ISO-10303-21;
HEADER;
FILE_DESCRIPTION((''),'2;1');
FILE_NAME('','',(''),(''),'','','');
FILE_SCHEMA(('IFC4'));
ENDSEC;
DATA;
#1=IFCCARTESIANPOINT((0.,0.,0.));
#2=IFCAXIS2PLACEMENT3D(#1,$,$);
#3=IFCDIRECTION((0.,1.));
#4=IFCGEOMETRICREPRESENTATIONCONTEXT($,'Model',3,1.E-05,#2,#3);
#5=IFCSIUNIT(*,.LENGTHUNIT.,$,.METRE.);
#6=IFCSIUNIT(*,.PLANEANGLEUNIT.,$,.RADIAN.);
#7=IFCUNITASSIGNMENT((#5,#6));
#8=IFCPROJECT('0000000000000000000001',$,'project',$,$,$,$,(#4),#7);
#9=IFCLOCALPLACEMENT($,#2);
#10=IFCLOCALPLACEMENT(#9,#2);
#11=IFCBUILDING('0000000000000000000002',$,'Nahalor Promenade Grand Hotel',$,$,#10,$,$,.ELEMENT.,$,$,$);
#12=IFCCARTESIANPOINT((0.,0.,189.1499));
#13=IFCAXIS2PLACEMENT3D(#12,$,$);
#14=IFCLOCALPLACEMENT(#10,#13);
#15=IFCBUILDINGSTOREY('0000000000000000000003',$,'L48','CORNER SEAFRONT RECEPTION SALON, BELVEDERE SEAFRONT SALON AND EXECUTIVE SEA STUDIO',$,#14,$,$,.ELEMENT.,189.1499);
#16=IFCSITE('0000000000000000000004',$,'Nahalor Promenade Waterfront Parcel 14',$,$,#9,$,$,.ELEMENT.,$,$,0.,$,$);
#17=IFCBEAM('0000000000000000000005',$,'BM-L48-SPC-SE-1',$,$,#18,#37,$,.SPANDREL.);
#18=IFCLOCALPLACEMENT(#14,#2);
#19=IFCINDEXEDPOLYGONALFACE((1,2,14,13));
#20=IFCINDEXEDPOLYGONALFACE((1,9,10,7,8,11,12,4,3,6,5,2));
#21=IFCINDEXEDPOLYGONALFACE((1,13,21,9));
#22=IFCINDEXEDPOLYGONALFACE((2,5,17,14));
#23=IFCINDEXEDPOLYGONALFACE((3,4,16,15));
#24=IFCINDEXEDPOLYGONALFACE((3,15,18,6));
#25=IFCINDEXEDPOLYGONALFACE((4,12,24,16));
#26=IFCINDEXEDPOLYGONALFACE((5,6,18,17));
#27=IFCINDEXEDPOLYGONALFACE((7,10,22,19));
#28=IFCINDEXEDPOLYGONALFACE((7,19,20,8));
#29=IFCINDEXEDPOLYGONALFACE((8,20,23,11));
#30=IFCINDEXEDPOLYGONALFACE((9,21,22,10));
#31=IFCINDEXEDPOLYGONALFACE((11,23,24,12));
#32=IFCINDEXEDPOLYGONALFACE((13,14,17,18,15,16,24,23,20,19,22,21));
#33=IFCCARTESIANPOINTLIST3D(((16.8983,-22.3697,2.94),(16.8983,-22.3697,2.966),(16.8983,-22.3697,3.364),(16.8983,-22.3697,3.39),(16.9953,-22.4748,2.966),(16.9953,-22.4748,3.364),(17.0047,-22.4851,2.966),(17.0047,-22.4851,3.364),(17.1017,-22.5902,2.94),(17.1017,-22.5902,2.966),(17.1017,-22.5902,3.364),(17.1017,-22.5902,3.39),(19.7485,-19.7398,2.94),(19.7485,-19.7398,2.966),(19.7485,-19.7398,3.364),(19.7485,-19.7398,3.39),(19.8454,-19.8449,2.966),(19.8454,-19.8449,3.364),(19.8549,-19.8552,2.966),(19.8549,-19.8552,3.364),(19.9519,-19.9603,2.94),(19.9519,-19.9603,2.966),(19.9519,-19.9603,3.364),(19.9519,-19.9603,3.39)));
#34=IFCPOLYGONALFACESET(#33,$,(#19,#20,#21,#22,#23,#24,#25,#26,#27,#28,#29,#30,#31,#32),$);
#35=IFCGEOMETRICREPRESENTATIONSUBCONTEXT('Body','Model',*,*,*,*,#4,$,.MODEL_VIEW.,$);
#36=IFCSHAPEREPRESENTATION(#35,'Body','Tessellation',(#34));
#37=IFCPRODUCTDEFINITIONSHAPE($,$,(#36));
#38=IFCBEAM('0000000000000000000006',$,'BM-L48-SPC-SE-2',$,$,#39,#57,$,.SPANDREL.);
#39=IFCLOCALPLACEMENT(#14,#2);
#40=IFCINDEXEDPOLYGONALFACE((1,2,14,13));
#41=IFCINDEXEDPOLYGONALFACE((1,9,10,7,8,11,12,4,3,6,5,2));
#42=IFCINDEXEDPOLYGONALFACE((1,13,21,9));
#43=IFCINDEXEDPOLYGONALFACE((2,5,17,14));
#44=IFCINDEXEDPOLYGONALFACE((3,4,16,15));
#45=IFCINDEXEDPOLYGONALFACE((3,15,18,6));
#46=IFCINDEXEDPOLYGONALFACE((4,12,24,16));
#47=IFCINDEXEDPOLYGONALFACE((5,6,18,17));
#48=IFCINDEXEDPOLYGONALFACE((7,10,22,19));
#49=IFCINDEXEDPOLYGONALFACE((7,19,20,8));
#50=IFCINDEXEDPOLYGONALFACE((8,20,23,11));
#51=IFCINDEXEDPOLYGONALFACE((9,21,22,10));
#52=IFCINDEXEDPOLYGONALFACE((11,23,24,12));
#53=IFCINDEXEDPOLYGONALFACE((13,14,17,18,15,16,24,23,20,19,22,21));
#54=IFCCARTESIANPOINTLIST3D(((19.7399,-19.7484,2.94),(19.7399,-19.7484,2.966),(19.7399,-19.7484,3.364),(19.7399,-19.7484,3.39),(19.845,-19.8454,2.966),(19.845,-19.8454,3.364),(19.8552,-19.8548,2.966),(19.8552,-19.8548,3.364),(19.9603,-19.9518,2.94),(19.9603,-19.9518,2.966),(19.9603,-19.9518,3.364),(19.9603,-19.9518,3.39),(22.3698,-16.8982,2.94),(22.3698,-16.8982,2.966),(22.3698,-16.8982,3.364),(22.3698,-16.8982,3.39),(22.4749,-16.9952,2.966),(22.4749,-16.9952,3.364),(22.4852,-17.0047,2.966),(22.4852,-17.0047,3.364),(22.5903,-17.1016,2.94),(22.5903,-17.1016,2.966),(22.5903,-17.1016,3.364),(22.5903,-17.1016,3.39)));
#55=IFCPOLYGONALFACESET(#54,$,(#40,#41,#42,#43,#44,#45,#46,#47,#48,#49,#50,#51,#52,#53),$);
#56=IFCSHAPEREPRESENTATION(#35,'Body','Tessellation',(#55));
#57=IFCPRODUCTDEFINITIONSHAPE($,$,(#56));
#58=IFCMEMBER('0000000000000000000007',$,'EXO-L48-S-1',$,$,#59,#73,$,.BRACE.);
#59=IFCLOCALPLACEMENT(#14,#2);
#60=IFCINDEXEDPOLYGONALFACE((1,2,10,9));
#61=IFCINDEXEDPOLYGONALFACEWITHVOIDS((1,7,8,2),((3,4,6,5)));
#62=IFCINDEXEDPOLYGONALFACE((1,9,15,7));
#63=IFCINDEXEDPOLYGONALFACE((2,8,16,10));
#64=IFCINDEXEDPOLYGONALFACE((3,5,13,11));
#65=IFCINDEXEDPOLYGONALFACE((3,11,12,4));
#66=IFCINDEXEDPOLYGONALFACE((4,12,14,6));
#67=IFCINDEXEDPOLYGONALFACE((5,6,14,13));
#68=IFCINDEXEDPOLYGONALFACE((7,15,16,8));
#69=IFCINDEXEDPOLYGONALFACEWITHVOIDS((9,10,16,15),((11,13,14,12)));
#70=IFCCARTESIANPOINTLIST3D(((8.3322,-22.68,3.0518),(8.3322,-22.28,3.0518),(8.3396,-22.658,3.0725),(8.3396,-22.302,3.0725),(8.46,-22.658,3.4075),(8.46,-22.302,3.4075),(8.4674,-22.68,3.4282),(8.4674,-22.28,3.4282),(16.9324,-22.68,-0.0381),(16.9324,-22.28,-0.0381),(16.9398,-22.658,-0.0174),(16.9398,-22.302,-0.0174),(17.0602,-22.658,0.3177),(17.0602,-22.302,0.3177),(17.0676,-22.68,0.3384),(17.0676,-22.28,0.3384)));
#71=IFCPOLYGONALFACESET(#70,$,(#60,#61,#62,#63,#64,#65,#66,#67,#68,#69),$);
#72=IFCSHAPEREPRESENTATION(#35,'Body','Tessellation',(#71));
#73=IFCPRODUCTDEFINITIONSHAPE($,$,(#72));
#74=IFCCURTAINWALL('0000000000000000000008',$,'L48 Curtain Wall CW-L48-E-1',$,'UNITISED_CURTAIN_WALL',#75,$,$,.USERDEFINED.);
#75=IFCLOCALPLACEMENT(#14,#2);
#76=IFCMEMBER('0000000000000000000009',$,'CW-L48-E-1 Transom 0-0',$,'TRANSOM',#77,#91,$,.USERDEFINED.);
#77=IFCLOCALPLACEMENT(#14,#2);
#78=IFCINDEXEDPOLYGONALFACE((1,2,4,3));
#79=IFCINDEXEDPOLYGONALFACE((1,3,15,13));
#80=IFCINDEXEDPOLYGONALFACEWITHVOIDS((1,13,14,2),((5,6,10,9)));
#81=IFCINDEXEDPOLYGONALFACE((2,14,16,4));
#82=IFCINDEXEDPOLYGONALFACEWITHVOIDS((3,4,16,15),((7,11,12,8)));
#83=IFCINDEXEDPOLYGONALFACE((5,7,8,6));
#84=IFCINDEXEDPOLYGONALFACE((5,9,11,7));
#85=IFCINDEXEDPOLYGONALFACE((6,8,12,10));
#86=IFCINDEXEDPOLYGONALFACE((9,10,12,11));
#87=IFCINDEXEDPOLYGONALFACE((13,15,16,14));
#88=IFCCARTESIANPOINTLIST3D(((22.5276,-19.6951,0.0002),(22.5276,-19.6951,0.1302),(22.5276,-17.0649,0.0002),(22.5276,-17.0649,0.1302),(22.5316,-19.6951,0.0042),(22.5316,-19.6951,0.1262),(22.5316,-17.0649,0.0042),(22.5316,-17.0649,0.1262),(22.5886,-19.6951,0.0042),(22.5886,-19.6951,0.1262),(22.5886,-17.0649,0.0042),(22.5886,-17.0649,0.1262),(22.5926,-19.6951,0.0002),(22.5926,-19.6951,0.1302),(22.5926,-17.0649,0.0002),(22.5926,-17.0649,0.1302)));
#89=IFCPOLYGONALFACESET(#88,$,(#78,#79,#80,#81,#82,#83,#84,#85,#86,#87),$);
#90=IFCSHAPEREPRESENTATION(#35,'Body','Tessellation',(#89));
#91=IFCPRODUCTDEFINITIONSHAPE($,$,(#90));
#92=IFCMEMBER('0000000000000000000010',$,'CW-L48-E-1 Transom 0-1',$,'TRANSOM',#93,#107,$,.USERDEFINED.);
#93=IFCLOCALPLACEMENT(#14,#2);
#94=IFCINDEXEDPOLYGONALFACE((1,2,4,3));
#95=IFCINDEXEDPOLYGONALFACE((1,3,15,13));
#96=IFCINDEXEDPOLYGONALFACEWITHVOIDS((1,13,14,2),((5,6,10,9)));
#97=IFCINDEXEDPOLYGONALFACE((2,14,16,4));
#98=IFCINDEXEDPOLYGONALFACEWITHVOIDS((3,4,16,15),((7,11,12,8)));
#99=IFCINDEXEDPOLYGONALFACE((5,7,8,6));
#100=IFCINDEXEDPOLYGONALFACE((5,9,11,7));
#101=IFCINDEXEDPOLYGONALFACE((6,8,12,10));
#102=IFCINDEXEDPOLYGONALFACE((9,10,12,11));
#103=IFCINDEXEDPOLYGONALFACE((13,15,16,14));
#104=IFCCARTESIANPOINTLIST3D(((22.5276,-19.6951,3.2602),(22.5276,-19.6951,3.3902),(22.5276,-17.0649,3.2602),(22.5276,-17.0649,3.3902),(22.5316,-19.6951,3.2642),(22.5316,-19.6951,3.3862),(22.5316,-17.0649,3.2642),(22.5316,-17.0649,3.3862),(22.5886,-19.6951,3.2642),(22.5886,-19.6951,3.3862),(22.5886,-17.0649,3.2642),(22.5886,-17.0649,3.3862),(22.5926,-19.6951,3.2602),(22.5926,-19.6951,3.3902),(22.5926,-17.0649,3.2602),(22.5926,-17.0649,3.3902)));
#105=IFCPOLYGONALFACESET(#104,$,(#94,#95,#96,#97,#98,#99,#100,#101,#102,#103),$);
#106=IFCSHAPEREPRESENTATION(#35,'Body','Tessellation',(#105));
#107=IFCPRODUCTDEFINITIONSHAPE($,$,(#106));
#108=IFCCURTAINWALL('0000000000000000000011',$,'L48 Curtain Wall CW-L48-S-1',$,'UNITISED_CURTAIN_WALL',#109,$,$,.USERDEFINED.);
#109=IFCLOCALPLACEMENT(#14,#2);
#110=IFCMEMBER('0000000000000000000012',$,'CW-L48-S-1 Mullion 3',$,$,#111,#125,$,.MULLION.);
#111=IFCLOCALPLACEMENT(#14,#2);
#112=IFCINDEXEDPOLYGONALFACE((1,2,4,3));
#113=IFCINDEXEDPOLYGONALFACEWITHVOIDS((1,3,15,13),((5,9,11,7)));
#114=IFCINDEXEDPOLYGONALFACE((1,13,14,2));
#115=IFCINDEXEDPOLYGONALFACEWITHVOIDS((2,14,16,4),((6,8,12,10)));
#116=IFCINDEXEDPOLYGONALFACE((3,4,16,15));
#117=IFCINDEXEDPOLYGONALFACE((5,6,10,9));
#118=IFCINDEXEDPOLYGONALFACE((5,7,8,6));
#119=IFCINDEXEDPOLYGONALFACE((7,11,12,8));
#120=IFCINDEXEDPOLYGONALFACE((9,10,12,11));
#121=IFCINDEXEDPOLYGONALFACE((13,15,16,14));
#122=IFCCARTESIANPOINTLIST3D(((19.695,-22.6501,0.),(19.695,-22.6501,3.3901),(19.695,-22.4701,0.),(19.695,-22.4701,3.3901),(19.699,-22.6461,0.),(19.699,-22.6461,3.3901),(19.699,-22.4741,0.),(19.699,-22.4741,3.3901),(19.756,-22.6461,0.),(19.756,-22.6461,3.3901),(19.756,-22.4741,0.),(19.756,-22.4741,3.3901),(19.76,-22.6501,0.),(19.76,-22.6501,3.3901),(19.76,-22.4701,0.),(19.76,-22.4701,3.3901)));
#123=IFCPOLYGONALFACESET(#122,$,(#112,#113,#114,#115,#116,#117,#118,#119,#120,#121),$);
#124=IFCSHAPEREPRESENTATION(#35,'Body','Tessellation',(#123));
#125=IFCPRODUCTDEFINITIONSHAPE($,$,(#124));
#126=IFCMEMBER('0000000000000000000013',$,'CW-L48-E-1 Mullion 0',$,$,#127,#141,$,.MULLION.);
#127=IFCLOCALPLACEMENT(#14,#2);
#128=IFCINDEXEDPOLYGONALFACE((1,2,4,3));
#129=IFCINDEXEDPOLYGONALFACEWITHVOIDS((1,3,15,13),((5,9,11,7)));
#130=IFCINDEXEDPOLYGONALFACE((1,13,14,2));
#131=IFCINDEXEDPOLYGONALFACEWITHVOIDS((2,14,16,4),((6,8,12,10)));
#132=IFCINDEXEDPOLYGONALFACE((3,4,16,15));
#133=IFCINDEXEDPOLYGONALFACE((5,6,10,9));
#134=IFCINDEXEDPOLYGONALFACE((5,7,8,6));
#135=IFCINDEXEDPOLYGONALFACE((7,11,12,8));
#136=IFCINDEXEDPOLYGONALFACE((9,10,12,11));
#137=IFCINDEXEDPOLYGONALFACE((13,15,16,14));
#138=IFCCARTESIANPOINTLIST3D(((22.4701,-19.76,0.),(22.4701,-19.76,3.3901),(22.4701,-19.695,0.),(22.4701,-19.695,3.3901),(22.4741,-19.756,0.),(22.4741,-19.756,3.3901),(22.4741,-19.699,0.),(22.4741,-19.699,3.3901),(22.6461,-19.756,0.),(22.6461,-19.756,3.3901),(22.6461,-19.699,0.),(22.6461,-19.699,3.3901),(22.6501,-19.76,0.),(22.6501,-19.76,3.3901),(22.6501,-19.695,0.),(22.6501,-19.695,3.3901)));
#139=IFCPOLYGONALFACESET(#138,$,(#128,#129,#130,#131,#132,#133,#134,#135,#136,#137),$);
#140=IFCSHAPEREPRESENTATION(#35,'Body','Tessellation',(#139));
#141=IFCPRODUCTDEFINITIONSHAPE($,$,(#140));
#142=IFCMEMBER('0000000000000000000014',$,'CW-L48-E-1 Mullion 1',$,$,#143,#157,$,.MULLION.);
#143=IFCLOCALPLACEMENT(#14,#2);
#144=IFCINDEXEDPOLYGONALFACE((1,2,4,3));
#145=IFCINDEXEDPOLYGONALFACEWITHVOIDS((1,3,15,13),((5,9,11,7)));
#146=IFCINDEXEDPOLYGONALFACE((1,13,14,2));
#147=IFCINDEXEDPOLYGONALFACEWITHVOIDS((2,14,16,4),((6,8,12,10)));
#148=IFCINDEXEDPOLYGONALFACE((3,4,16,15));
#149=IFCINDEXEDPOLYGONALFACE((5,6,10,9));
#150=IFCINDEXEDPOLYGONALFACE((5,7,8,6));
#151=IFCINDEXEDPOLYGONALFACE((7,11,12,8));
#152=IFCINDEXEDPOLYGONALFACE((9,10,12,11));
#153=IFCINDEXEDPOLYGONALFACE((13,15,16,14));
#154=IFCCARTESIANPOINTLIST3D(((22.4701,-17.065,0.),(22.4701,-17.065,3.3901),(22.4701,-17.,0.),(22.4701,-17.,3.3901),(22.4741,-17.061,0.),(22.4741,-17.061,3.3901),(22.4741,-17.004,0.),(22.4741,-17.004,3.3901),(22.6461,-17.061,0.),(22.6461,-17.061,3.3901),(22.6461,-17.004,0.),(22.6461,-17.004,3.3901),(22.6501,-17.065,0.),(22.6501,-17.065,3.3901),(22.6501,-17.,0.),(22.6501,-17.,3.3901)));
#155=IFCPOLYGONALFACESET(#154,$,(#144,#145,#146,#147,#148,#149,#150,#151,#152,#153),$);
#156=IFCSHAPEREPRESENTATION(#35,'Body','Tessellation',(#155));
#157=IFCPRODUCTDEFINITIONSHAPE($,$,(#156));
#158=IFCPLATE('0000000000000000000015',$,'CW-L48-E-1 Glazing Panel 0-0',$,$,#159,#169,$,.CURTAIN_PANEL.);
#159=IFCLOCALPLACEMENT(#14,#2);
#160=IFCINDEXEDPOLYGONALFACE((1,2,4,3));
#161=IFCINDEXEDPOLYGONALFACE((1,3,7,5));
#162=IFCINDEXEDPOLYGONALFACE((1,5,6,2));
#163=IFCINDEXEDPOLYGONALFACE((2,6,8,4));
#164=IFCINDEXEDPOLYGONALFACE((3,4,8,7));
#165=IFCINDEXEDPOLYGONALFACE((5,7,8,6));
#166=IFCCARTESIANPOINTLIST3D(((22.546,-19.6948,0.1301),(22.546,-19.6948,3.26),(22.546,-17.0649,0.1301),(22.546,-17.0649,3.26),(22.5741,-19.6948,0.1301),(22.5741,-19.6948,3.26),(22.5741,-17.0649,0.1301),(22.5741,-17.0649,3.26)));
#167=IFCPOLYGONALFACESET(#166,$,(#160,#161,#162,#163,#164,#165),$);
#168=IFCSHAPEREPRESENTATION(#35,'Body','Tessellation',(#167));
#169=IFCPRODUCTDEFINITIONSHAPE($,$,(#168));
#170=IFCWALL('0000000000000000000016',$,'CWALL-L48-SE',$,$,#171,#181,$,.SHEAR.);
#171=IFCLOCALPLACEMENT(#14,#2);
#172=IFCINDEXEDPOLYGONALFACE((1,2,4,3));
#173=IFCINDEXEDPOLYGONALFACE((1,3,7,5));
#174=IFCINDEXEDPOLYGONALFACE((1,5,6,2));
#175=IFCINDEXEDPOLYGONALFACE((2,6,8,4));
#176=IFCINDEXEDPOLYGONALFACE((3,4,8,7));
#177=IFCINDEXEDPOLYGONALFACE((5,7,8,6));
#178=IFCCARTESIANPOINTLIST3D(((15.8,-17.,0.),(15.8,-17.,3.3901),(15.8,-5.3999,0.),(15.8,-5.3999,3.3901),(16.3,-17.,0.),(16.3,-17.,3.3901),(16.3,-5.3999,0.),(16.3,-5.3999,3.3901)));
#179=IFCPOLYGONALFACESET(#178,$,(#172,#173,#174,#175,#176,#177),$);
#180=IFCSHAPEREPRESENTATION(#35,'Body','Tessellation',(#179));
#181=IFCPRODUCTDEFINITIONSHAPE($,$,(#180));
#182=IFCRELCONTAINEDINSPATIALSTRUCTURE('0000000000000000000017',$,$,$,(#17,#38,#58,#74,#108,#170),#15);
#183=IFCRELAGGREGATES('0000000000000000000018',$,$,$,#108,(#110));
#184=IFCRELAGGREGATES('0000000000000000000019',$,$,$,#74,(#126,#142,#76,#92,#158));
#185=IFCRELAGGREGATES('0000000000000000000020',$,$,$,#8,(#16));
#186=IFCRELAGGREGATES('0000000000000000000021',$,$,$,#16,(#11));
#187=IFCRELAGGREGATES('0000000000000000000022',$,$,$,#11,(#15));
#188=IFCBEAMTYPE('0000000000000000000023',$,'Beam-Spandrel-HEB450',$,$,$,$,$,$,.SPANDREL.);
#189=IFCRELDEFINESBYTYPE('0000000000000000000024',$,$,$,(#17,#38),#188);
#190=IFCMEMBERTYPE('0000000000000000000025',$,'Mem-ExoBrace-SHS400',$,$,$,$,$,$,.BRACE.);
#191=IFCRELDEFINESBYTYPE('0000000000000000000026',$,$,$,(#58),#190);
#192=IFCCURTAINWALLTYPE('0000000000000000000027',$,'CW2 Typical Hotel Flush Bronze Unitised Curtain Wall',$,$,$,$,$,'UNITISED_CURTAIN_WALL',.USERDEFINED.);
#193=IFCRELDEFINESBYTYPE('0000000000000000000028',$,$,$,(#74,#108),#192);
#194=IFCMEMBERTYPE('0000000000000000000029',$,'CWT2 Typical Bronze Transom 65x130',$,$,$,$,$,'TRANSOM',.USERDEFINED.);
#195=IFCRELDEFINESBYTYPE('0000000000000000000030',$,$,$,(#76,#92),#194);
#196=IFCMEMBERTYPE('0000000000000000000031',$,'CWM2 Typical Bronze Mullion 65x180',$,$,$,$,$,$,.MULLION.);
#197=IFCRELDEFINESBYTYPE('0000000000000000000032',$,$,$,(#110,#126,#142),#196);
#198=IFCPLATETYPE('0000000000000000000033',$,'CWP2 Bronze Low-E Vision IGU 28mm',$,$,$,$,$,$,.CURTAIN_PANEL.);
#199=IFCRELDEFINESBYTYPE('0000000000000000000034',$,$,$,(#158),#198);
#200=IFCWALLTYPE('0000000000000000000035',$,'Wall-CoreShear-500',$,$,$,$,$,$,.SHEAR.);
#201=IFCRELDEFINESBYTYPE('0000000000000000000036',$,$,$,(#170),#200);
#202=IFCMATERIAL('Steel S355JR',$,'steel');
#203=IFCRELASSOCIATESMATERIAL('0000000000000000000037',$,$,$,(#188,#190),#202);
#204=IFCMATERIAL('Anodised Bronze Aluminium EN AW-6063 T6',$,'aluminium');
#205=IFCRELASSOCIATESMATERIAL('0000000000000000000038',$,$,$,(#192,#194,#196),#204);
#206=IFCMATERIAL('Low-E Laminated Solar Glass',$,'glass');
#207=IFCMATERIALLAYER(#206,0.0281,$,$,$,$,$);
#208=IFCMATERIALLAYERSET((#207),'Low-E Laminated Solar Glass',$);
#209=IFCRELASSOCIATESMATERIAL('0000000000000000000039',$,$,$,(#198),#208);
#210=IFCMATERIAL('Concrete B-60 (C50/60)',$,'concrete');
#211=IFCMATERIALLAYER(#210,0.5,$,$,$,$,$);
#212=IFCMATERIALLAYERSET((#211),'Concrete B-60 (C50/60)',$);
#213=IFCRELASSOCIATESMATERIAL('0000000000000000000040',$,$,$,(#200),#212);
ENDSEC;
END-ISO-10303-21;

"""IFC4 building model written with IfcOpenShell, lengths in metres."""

from ifc_helpers import new_model, si_unit, direction, frame, frame_2d, origin, origin_2d, place, context, subcontext, project, spatial, rectangle, hollow_rectangle, i_section, extrude, source, transform, mapped, material, layer, layer_set, material_profile, profile_set, type_object, element, aggregate, save


model = new_model("IFC4")

# Units and contexts
model_context = context("Model", 3, precision=1e-05, world=origin(), true_north=direction((0.0, 1.0)))
body_context = subcontext(model_context, "Body", "Model", "MODEL_VIEW")
ifc_project = project(units=[si_unit("LENGTHUNIT", "METRE"), si_unit("PLANEANGLEUNIT", "RADIAN")], contexts=[model_context])

# Site, building, storey
site_placement = place(None, origin())
site = spatial("IfcSite", under=ifc_project, at=site_placement, Name="Nahalor Promenade Waterfront Parcel 14", CompositionType="ELEMENT", RefElevation=0.0)
building_placement = place(site_placement, origin())
building = spatial("IfcBuilding", under=site, at=building_placement, Name="Nahalor Promenade Grand Hotel", CompositionType="ELEMENT")
storey_placement = place(building_placement, frame((0.0, 0.0, 189.1499)))
storey = spatial("IfcBuildingStorey", under=building, at=storey_placement, Name="L48", Description="CORNER SEAFRONT RECEPTION SALON, BELVEDERE SEAFRONT SALON AND EXECUTIVE SEA STUDIO", CompositionType="ELEMENT", Elevation=189.1499)

# Shared definitions
ifc_material_1 = material(Name="Concrete B-60 (C50/60)", Category="concrete")

# Beams
ifc_material_2 = material(Name="Steel S355JR", Category="steel")
ifc_material_profile_1 = material_profile(ifc_material_2, i_section(OverallWidth=0.3, OverallDepth=0.45, WebThickness=0.014, FlangeThickness=0.026, at=origin_2d()), Name="HEB 450")
ifc_profile_set_1 = profile_set([ifc_material_profile_1], Name="Steel S355JR")
beam_type_1 = type_object("IfcBeamType", Name="Beam-Spandrel-HEB450", PredefinedType="SPANDREL", material=ifc_profile_set_1)
shared_shape_1 = source(origin(), body_context, "Body", "SweptSolid", [
    extrude(i_section(OverallWidth=0.3, OverallDepth=0.45, WebThickness=0.014, FlangeThickness=0.026, at=origin_2d()), origin(), (0.0, 0.0, 1.0), 3.8782),
])
for number, where, z_axis, x_axis, name in (
    (1, (17.0, -22.48, 3.165), (0.734929, 0.678144, 0.0), (-0.678144, 0.734929, 0.0), "BM-L48-SPC-SE-1"),
    (2, (19.8501, -19.8501, 3.165), (0.678144, 0.734929, 0.0), (-0.734929, 0.678144, 0.0), "BM-L48-SPC-SE-2"),
):
    element("IfcBeam", number, at=place(storey_placement, frame(where, z_axis=z_axis, x_axis=x_axis)), inside=storey, type_object=beam_type_1, Name=name, PredefinedType="SPANDREL", context=body_context, shape_type="MappedRepresentation", body=[
        mapped(shared_shape_1, transform((0.0, 0.0, 0.0), scale=1.0)),
    ])

# Member
ifc_material_profile_2 = material_profile(ifc_material_2, hollow_rectangle(XDim=0.4, YDim=0.4, WallThickness=0.022, at=origin_2d()), Name="SHS 400x400x22")
ifc_profile_set_2 = profile_set([ifc_material_profile_2], Name="Steel S355JR")
member_type_1 = type_object("IfcMemberType", Name="Mem-ExoBrace-SHS400", PredefinedType="BRACE", material=ifc_profile_set_2)
shared_shape_2 = source(origin(), body_context, "Body", "SweptSolid", [
    extrude(hollow_rectangle(XDim=0.4, YDim=0.4, WallThickness=0.022, at=origin_2d()), origin(), (0.0, 0.0, 1.0), 9.1384),
])
member_1_placement = place(storey_placement, frame((17.0, -22.48, 0.1501), z_axis=(-0.941103, 0.0, 0.33812), x_axis=(0.0, -1.0, 0.0)))
element("IfcMember", 3, at=member_1_placement, inside=storey, type_object=member_type_1, Name="EXO-L48-S-1", PredefinedType="BRACE", context=body_context, shape_type="MappedRepresentation", body=[
    mapped(shared_shape_2, transform((0.0, 0.0, 0.0), scale=1.0)),
])

# Curtain wall, members
ifc_material_3 = material(Name="Anodised Bronze Aluminium EN AW-6063 T6", Category="aluminium")
curtain_wall_type = type_object("IfcCurtainWallType", Name="CW2 Typical Hotel Flush Bronze Unitised Curtain Wall", ElementType="UNITISED_CURTAIN_WALL", PredefinedType="USERDEFINED", material=ifc_material_3)
curtain_wall_1_placement = place(storey_placement, origin())
curtain_wall_1 = element("IfcCurtainWall", 4, at=curtain_wall_1_placement, inside=storey, type_object=curtain_wall_type, Name="L48 Curtain Wall CW-L48-E-1", ObjectType="UNITISED_CURTAIN_WALL", PredefinedType="USERDEFINED")
ifc_material_profile_3 = material_profile(ifc_material_3, hollow_rectangle(XDim=0.065, YDim=0.13, WallThickness=0.004, at=origin_2d()), Name="CWT 65x130x4")
ifc_profile_set_3 = profile_set([ifc_material_profile_3], Name="Anodised Bronze Aluminium EN AW-6063 T6")
member_type_2 = type_object("IfcMemberType", Name="CWT2 Typical Bronze Transom 65x130", ElementType="TRANSOM", PredefinedType="USERDEFINED", material=ifc_profile_set_3)
shared_shape_3 = source(origin(), body_context, "Body", "SweptSolid", [
    extrude(hollow_rectangle(XDim=0.065, YDim=0.13, WallThickness=0.004, at=origin_2d()), origin(), (0.0, 0.0, 1.0), 2.6301),
])
member_2_placement = place(storey_placement, frame((22.5601, -19.6951, 0.0652), z_axis=(0.0, 1.0, 0.0), x_axis=(-1.0, 0.0, 0.0)))
member_2 = element("IfcMember", 5, at=member_2_placement, type_object=member_type_2, Name="CW-L48-E-1 Transom 0-0", ObjectType="TRANSOM", PredefinedType="USERDEFINED", context=body_context, shape_type="MappedRepresentation", body=[
    mapped(shared_shape_3, transform((0.0, 0.0, 0.0), scale=1.0)),
])
member_3_placement = place(storey_placement, frame((22.5601, -19.6951, 3.3252), z_axis=(0.0, 1.0, 0.0), x_axis=(-1.0, 0.0, 0.0)))
member_3 = element("IfcMember", 6, at=member_3_placement, type_object=member_type_2, Name="CW-L48-E-1 Transom 0-1", ObjectType="TRANSOM", PredefinedType="USERDEFINED", context=body_context, shape_type="MappedRepresentation", body=[
    mapped(shared_shape_3, transform((0.0, 0.0, 0.0), scale=1.0)),
])

# Curtain wall, member
curtain_wall_2_placement = place(storey_placement, origin())
curtain_wall_2 = element("IfcCurtainWall", 7, at=curtain_wall_2_placement, inside=storey, type_object=curtain_wall_type, Name="L48 Curtain Wall CW-L48-S-1", ObjectType="UNITISED_CURTAIN_WALL", PredefinedType="USERDEFINED")
ifc_material_profile_4 = material_profile(ifc_material_3, hollow_rectangle(XDim=0.065, YDim=0.18, WallThickness=0.004, at=origin_2d()), Name="CWM 65x180x4")
ifc_profile_set_4 = profile_set([ifc_material_profile_4], Name="Anodised Bronze Aluminium EN AW-6063 T6")
member_type_3 = type_object("IfcMemberType", Name="CWM2 Typical Bronze Mullion 65x180", PredefinedType="MULLION", material=ifc_profile_set_4)
shared_shape_4 = source(origin(), body_context, "Body", "SweptSolid", [
    extrude(hollow_rectangle(XDim=0.065, YDim=0.18, WallThickness=0.004, at=origin_2d()), origin(), (0.0, 0.0, 1.0), 3.3901),
])
member_4_placement = place(storey_placement, frame((19.7275, -22.5601, 0.0), z_axis=(0.0, 0.0, 1.0), x_axis=(1.0, 0.0, 0.0)))
member_4 = element("IfcMember", 8, at=member_4_placement, type_object=member_type_3, Name="CW-L48-S-1 Mullion 3", PredefinedType="MULLION", context=body_context, shape_type="MappedRepresentation", body=[
    mapped(shared_shape_4, transform((0.0, 0.0, 0.0), scale=1.0)),
])
aggregate(curtain_wall_2, [member_4])

# Members
member_5_placement = place(storey_placement, frame((22.5601, -19.7275, 0.0), z_axis=(0.0, 0.0, 1.0), x_axis=(0.0, 1.0, 0.0)))
member_5 = element("IfcMember", 9, at=member_5_placement, type_object=member_type_3, Name="CW-L48-E-1 Mullion 0", PredefinedType="MULLION", context=body_context, shape_type="MappedRepresentation", body=[
    mapped(shared_shape_4, transform((0.0, 0.0, 0.0), scale=1.0)),
])
member_6_placement = place(storey_placement, frame((22.5601, -17.0325, 0.0), z_axis=(0.0, 0.0, 1.0), x_axis=(0.0, 1.0, 0.0)))
member_6 = element("IfcMember", 10, at=member_6_placement, type_object=member_type_3, Name="CW-L48-E-1 Mullion 1", PredefinedType="MULLION", context=body_context, shape_type="MappedRepresentation", body=[
    mapped(shared_shape_4, transform((0.0, 0.0, 0.0), scale=1.0)),
])

# Plate
ifc_material_4 = material(Name="Low-E Laminated Solar Glass", Category="glass")
ifc_layer_1 = layer(ifc_material_4, 0.0281)
ifc_layer_set_1 = layer_set([ifc_layer_1], Name="Low-E Laminated Solar Glass")
plate_type = type_object("IfcPlateType", Name="CWP2 Bronze Low-E Vision IGU 28mm", PredefinedType="CURTAIN_PANEL", material=ifc_layer_set_1)
shared_shape_5 = source(origin(), body_context, "Body", "SweptSolid", [
    extrude(rectangle(XDim=2.6299, YDim=0.0281, at=origin_2d()), origin(), (0.0, 0.0, 1.0), 3.1299),
])
plate_placement = place(storey_placement, frame((22.5601, -18.3799, 0.1301), z_axis=(0.0, 0.0, 1.0), x_axis=(0.0, 1.0, 0.0)))
plate = element("IfcPlate", 11, at=plate_placement, type_object=plate_type, Name="CW-L48-E-1 Glazing Panel 0-0", PredefinedType="CURTAIN_PANEL", context=body_context, shape_type="MappedRepresentation", body=[
    mapped(shared_shape_5, transform((0.0, 0.0, 0.0), scale=1.0)),
])
aggregate(curtain_wall_1, [member_5, member_6, member_2, member_3, plate])

# Wall
ifc_layer_2 = layer(ifc_material_1, 0.5)
ifc_layer_set_2 = layer_set([ifc_layer_2], Name="Concrete B-60 (C50/60)")
wall_type_1 = type_object("IfcWallType", Name="Wall-CoreShear-500", PredefinedType="SHEAR", material=ifc_layer_set_2)
shared_shape_6 = source(origin(), body_context, "Body", "SweptSolid", [
    extrude(rectangle(XDim=11.6001, YDim=0.5, at=frame_2d((5.8, 0.0))), origin(), (0.0, 0.0, 1.0), 3.3901),
])
wall_1_placement = place(storey_placement, frame((16.05, -17.0, 0.0), z_axis=(0.0, 0.0, 1.0), x_axis=(0.0, 1.0, 0.0)))
element("IfcWall", 12, at=wall_1_placement, inside=storey, type_object=wall_type_1, Name="CWALL-L48-SE", PredefinedType="SHEAR", context=body_context, shape_type="MappedRepresentation", body=[
    mapped(shared_shape_6, transform((0.0, 0.0, 0.0), scale=1.0)),
])

save(model, "model.ifc")
